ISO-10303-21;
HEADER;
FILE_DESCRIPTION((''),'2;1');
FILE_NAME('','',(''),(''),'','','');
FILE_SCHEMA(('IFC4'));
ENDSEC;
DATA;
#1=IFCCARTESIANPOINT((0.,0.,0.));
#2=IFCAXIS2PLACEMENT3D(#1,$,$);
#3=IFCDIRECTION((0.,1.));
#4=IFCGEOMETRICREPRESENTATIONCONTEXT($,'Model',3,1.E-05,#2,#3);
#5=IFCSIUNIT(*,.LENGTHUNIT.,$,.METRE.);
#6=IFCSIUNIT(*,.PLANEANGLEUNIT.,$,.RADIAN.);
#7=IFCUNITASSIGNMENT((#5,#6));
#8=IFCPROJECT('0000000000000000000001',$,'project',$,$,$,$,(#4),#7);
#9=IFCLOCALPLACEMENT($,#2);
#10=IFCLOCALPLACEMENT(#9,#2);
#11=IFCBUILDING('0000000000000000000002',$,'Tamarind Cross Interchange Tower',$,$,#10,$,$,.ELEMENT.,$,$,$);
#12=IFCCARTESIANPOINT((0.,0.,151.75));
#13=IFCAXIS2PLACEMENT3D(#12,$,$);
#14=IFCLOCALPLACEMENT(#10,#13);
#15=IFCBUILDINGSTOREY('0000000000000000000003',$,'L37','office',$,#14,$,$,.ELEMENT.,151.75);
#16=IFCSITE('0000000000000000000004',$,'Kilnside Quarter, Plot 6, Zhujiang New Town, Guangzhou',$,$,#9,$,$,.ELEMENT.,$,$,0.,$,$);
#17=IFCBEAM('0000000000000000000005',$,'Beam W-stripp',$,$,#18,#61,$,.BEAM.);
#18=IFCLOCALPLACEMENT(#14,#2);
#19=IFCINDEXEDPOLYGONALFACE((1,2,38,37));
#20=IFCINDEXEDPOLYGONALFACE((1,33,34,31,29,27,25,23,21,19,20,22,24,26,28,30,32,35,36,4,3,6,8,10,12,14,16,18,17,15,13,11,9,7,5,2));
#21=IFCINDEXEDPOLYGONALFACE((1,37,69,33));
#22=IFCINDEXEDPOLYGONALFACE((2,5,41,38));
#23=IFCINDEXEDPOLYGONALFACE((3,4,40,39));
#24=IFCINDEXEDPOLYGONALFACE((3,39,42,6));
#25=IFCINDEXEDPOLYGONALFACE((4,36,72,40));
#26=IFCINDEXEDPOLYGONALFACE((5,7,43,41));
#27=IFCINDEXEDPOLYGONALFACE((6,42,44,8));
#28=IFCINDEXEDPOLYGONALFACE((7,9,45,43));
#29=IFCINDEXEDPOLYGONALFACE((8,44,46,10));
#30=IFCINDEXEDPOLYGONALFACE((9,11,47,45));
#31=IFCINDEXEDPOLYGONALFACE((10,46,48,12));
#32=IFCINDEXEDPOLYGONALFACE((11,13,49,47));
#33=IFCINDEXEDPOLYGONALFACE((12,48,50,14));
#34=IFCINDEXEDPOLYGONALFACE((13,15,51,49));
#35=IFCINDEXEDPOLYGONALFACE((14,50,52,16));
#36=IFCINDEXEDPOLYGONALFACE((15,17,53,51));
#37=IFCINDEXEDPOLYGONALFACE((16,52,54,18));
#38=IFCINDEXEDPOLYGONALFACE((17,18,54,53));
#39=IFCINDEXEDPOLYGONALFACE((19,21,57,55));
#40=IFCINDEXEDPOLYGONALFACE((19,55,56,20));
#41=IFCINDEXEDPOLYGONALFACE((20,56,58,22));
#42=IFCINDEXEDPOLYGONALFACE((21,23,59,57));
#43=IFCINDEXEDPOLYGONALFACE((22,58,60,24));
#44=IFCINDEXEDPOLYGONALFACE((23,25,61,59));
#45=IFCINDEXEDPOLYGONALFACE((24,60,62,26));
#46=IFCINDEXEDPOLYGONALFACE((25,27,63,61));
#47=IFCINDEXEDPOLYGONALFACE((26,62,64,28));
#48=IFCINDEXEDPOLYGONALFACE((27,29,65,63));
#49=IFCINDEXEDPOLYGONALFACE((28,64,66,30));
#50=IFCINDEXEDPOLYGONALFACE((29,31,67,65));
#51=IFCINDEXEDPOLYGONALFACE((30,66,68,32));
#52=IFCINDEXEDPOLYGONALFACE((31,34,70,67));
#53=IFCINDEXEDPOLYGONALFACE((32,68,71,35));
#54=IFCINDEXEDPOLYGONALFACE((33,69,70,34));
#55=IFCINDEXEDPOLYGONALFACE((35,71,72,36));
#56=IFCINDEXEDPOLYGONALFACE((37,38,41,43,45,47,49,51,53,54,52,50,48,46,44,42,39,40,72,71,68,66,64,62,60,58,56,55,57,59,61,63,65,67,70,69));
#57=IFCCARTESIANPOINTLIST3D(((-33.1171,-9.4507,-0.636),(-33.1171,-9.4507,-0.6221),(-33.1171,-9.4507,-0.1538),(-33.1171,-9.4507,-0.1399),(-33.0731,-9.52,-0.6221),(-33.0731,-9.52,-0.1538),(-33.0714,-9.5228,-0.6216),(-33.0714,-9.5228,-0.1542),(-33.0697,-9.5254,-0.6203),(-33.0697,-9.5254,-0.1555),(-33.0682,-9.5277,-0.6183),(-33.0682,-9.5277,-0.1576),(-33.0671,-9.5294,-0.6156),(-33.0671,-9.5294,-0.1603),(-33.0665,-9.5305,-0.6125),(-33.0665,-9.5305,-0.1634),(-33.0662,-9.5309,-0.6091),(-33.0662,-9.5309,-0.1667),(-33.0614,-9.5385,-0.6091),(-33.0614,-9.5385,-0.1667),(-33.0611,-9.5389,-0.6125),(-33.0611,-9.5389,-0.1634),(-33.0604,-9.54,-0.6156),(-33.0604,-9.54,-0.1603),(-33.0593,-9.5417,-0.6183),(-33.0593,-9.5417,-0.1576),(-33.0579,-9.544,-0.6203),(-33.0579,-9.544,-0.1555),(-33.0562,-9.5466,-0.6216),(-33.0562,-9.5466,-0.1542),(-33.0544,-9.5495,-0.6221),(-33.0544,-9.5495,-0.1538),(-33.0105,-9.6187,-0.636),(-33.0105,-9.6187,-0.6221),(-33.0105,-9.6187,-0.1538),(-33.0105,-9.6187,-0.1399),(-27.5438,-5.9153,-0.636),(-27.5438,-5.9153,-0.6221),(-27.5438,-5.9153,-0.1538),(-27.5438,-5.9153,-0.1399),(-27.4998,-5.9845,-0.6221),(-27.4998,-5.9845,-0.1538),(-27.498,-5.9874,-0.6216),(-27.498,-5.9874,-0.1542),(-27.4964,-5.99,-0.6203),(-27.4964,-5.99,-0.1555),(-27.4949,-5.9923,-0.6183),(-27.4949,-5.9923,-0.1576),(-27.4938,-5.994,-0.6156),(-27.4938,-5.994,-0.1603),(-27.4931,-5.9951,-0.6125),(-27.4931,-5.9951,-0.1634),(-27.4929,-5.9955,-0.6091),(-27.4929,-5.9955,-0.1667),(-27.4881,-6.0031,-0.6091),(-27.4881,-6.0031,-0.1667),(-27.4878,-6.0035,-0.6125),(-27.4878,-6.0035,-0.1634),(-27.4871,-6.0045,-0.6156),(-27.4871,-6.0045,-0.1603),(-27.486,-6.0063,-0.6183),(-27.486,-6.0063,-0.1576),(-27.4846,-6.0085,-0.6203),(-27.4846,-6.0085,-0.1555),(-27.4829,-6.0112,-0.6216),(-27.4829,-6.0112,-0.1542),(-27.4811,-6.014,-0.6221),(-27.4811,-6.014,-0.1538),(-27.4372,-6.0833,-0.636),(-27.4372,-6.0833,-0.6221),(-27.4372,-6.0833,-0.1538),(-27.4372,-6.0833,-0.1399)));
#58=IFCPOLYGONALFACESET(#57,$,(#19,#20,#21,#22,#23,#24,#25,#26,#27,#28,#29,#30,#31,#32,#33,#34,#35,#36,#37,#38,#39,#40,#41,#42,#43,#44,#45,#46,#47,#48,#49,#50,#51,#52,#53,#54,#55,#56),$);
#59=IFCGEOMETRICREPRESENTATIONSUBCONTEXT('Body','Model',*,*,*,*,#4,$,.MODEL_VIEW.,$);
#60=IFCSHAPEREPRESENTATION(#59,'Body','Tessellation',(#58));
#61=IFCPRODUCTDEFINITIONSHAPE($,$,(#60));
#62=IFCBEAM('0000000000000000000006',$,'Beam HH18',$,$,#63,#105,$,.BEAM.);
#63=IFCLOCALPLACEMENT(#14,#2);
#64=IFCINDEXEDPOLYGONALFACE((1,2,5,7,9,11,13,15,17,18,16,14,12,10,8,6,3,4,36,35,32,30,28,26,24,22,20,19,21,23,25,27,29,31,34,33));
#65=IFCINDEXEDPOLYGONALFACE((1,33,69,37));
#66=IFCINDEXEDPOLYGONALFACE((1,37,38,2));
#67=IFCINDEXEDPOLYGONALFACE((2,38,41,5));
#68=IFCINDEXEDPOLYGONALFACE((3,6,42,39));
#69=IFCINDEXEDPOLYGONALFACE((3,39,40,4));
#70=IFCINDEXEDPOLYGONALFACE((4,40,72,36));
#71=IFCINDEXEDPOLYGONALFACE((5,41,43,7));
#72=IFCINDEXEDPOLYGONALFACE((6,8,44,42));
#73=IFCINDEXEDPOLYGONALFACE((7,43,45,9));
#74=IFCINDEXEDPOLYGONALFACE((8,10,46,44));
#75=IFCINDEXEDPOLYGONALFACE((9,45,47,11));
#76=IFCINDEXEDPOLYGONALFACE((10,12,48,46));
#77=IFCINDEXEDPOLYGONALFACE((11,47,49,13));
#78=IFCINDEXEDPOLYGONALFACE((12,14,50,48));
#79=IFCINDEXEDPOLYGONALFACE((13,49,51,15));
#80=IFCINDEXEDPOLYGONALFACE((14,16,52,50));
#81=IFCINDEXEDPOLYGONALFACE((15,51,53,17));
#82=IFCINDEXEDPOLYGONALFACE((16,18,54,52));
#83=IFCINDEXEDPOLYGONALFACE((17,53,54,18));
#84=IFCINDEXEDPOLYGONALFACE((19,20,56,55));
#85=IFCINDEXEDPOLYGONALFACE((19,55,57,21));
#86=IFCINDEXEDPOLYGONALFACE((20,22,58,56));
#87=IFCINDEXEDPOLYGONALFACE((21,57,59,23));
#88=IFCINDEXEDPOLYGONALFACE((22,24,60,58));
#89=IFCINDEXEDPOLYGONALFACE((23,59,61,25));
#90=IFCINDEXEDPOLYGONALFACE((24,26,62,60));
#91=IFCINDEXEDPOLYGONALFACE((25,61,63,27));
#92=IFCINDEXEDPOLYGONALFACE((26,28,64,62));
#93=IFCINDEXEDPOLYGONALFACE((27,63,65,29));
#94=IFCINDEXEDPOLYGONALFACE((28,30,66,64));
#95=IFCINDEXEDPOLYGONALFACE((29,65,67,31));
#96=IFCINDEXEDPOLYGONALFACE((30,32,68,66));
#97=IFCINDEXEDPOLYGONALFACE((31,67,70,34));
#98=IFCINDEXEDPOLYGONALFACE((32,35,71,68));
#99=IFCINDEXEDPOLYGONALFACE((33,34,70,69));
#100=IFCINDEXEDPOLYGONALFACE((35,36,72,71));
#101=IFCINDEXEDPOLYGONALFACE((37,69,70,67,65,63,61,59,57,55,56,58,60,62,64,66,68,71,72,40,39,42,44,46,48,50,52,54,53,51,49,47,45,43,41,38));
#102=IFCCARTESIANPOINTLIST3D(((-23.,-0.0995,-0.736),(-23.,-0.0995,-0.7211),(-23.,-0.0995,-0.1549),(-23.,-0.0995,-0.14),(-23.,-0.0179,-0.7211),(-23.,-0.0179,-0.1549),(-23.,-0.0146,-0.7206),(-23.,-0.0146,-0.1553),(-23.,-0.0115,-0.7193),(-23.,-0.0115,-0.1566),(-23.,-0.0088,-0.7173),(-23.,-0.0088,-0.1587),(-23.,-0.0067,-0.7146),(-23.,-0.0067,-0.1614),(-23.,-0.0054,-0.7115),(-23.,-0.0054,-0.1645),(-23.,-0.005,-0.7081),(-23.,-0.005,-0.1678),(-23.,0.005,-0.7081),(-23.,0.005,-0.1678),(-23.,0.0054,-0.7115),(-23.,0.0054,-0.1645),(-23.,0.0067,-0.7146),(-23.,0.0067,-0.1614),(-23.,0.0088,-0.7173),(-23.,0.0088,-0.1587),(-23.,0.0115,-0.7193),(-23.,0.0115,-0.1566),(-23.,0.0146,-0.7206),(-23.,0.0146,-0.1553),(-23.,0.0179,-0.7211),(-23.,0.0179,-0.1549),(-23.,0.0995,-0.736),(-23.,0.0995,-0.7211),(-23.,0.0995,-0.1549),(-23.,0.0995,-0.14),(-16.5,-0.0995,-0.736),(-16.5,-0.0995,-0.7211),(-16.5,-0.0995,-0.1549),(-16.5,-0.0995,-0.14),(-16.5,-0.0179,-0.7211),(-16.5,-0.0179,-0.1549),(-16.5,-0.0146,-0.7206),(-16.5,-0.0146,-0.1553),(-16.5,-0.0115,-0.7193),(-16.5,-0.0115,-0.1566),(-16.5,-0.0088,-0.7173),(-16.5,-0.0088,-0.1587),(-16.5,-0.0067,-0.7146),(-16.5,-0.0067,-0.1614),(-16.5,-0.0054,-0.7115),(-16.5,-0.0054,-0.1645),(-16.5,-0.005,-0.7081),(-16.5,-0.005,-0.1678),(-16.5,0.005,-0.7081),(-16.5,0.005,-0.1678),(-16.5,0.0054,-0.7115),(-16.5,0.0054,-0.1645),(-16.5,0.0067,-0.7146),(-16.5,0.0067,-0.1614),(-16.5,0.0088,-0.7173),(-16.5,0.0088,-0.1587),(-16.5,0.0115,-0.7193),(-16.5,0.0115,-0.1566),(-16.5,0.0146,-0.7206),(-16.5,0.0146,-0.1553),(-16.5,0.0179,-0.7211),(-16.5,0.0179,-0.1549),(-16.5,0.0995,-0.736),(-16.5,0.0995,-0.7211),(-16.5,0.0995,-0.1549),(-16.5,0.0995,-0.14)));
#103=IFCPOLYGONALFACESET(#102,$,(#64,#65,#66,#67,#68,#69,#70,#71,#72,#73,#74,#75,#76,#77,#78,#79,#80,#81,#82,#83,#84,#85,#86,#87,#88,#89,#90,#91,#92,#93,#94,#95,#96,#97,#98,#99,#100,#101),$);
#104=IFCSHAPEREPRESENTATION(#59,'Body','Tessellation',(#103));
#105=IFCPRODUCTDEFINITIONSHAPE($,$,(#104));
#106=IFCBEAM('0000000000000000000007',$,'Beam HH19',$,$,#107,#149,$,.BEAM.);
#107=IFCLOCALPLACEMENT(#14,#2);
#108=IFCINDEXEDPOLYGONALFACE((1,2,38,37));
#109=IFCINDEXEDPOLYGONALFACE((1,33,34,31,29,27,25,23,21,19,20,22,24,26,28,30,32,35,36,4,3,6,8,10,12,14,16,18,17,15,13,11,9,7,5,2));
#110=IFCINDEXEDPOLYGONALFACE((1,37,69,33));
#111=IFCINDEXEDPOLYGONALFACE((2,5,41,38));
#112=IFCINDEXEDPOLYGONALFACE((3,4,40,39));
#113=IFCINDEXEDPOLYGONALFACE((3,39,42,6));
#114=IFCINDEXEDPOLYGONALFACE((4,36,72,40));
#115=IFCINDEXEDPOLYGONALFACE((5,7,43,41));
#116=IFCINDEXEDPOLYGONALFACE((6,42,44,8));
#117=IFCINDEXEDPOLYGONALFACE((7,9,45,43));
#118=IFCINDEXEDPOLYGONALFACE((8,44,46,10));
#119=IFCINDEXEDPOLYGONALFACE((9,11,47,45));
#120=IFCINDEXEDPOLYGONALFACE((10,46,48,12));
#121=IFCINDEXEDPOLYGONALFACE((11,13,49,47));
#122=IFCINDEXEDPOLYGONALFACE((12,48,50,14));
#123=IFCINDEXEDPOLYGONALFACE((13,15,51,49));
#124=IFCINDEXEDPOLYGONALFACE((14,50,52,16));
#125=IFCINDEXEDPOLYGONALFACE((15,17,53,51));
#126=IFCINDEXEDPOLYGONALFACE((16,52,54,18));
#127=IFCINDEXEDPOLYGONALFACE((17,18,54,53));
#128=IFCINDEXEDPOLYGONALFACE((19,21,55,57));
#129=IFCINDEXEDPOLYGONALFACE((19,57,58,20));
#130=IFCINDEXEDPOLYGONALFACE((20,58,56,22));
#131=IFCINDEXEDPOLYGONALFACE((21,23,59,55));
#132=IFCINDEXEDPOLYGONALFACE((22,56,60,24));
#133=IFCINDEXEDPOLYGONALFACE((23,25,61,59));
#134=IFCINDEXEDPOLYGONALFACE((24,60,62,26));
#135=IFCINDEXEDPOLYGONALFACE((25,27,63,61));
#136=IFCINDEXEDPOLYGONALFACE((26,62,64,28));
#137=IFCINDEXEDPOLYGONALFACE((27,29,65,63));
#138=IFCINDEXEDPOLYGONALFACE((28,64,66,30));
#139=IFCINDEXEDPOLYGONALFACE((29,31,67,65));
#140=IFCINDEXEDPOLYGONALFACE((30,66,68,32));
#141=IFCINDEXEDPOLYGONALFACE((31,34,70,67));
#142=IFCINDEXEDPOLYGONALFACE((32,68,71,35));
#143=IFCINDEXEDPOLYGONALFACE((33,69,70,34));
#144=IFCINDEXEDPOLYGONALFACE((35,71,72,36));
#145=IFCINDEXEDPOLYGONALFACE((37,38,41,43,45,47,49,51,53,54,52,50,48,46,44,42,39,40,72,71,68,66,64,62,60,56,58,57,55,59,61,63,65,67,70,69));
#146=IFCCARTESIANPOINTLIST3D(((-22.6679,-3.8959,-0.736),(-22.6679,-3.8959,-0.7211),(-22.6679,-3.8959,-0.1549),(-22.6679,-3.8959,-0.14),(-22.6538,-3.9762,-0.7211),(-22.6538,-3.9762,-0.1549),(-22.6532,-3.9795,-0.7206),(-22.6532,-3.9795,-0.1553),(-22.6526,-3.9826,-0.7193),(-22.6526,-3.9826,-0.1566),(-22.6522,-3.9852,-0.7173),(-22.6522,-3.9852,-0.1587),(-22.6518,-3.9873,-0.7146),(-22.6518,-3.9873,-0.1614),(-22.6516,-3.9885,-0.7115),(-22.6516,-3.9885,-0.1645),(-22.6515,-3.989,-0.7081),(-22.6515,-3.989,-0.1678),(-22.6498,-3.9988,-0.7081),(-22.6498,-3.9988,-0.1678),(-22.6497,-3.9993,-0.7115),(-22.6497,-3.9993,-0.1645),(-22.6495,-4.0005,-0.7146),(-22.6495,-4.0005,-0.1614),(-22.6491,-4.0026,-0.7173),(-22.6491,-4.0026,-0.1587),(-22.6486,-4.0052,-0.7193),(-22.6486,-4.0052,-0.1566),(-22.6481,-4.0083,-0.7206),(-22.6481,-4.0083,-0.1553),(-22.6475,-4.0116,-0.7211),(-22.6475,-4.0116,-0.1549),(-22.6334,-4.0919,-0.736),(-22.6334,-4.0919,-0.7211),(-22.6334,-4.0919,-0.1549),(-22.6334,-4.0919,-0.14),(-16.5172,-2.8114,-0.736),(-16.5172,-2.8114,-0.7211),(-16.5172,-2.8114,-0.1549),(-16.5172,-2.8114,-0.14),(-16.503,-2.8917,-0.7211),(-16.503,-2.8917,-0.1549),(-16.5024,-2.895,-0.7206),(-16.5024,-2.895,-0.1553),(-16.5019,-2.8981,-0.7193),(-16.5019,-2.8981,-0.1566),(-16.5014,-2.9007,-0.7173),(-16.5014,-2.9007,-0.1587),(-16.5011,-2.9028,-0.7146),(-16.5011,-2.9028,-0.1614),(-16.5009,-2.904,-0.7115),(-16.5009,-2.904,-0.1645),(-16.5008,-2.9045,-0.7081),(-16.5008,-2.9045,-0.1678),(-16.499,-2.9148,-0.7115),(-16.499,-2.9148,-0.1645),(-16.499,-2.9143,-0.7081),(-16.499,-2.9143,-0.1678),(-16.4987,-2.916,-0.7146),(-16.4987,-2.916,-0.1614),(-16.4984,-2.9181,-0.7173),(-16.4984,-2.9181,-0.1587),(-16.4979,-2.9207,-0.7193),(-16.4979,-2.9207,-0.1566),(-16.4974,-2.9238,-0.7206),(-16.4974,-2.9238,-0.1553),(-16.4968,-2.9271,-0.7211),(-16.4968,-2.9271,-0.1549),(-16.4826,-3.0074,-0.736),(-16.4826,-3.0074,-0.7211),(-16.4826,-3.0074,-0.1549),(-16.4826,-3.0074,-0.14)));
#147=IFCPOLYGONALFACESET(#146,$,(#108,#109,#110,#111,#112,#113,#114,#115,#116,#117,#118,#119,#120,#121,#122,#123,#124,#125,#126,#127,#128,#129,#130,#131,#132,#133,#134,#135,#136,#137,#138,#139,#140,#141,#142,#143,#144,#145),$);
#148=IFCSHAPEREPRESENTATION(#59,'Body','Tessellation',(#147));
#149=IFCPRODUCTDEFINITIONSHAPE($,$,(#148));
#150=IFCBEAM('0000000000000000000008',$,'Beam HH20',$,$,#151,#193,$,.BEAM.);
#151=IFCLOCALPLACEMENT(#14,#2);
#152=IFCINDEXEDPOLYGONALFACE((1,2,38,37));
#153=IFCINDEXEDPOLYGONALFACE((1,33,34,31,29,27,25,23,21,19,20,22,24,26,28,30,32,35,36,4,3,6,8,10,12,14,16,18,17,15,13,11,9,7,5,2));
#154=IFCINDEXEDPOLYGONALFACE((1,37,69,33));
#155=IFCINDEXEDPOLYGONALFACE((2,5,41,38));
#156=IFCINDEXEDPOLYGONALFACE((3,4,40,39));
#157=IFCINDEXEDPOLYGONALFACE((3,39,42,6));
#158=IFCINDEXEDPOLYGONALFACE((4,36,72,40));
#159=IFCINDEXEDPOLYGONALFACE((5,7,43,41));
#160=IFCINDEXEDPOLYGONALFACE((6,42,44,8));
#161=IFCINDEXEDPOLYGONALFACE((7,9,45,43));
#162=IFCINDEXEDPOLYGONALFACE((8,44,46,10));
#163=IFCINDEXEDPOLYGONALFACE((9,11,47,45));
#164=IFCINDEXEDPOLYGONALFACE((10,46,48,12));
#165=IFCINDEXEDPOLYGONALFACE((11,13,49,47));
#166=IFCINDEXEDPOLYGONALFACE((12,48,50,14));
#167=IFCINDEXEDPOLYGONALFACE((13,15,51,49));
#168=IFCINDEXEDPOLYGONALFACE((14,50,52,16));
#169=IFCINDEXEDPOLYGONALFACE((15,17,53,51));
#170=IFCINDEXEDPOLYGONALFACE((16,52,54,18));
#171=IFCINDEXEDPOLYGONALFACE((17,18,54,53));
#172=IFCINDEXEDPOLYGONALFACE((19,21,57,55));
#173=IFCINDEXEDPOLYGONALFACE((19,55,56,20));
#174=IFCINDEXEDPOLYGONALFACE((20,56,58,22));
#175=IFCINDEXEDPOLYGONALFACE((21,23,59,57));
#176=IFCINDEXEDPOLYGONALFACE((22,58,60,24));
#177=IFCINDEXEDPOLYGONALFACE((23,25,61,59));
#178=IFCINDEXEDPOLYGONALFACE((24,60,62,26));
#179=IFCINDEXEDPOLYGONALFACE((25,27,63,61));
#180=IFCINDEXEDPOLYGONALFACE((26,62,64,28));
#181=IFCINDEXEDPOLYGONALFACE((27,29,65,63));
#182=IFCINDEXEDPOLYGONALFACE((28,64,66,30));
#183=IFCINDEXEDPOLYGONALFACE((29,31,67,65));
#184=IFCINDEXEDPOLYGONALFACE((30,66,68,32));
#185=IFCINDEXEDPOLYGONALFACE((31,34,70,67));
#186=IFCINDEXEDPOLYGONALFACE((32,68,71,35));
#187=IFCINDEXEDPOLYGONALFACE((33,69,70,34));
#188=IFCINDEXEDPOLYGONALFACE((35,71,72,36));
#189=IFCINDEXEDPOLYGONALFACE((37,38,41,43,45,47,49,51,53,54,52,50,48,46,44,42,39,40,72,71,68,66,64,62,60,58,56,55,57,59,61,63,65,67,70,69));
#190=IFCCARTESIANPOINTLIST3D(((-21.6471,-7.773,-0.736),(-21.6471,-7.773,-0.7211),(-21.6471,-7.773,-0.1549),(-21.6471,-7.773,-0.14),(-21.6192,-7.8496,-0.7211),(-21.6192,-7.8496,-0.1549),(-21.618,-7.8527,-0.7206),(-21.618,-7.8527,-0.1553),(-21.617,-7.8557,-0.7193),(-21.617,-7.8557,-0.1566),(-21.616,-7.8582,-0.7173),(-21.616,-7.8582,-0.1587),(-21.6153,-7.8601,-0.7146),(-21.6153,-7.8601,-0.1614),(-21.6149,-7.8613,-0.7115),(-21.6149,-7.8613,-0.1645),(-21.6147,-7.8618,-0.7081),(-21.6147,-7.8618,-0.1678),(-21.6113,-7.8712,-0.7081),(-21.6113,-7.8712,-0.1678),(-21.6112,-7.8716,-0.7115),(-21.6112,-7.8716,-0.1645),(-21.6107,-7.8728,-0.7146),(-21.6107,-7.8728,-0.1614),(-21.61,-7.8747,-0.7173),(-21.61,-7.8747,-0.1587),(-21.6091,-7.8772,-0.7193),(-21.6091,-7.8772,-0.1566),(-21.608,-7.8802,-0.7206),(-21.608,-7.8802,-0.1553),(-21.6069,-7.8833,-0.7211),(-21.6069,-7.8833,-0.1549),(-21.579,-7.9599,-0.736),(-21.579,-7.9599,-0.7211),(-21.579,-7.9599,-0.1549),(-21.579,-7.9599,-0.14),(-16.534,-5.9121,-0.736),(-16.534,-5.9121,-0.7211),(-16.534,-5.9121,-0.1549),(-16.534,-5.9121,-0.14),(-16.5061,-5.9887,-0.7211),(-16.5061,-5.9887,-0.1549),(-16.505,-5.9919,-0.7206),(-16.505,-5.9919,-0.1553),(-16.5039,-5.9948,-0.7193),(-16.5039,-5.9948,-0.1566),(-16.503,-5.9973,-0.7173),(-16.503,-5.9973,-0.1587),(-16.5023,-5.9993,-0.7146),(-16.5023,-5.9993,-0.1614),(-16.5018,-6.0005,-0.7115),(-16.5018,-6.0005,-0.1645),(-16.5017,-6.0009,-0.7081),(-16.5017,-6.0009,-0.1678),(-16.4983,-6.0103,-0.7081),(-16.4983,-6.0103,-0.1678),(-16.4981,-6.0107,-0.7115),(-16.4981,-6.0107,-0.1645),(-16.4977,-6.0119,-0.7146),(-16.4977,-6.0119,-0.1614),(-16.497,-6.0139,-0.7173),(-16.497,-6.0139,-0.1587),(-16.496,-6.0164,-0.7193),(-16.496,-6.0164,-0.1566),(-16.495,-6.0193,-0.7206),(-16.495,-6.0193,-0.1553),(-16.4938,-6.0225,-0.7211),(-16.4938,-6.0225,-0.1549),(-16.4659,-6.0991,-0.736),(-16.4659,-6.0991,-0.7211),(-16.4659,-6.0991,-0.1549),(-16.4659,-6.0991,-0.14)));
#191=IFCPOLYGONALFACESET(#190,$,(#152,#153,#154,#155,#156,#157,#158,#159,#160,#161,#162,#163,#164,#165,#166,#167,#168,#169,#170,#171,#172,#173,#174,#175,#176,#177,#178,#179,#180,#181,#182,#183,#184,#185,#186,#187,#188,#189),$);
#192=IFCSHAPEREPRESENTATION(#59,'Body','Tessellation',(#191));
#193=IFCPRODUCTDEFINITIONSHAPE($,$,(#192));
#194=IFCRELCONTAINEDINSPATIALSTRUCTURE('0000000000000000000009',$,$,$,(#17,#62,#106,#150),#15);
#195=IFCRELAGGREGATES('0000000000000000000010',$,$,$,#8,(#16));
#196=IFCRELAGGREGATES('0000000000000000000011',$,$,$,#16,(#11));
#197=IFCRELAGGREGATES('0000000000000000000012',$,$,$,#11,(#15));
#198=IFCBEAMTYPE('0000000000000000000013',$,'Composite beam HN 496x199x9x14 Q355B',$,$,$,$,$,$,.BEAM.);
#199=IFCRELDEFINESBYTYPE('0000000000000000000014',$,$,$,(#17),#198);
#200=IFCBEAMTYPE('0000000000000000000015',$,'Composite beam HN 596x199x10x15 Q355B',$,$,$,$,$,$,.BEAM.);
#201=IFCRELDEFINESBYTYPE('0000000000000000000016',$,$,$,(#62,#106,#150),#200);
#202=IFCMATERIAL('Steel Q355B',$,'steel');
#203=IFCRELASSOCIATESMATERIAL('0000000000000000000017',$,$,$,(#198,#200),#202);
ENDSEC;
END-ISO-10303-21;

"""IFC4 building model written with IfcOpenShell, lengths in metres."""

from ifc_helpers import new_model, si_unit, direction, frame, origin, origin_2d, place, context, subcontext, project, spatial, i_section, extrude, material, material_profile, profile_set, type_object, element, save


model = new_model("IFC4")

# Units and contexts
model_context = context("Model", 3, precision=1e-05, world=origin(), true_north=direction((0.0, 1.0)))
body_context = subcontext(model_context, "Body", "Model", "MODEL_VIEW")
ifc_project = project(units=[si_unit("LENGTHUNIT", "METRE"), si_unit("PLANEANGLEUNIT", "RADIAN")], contexts=[model_context])

# Site, building, storey
site_placement = place(None, origin())
site = spatial("IfcSite", under=ifc_project, at=site_placement, Name="Kilnside Quarter, Plot 6, Zhujiang New Town, Guangzhou", CompositionType="ELEMENT", RefElevation=0.0)
building_placement = place(site_placement, origin())
building = spatial("IfcBuilding", under=site, at=building_placement, Name="Tamarind Cross Interchange Tower", CompositionType="ELEMENT")
storey_placement = place(building_placement, frame((0.0, 0.0, 151.75)))
storey = spatial("IfcBuildingStorey", under=building, at=storey_placement, Name="L37", Description="office", CompositionType="ELEMENT", Elevation=151.75)

# Beams
ifc_material_1 = material(Name="Steel Q355B", Category="steel")
ifc_material_profile_1 = material_profile(ifc_material_1, i_section(OverallWidth=0.199, OverallDepth=0.4961, WebThickness=0.009, FlangeThickness=0.0139, FilletRadius=0.0129, at=origin_2d()), Name="HN 496x199x9x14")
ifc_profile_set_1 = profile_set([ifc_material_profile_1], Name="Steel Q355B")
beam_type_1 = type_object("IfcBeamType", Name="Composite beam HN 496x199x9x14 Q355B", PredefinedType="BEAM", material=ifc_profile_set_1)
for number, where, z_axis, x_axis, name in (
    (1, (-27.4905, -5.9993, -0.3879), (-0.84443, -0.535666, 0.0), (0.535666, -0.84443, 0.0), "Beam W-stripp"),
):
    element("IfcBeam", number, at=place(storey_placement, frame(where, z_axis=z_axis, x_axis=x_axis)), inside=storey, type_object=beam_type_1, Name=name, PredefinedType="BEAM", context=body_context, shape_type="SweptSolid", body=[
        extrude(i_section(OverallWidth=0.199, OverallDepth=0.4961, WebThickness=0.009, FlangeThickness=0.0139, FilletRadius=0.0129, at=origin_2d()), origin(), (0.0, 0.0, 1.0), 6.6001),
    ])
ifc_material_profile_2 = material_profile(ifc_material_1, i_section(OverallWidth=0.199, OverallDepth=0.5959, WebThickness=0.01, FlangeThickness=0.0149, FilletRadius=0.0129, at=origin_2d()), Name="HN 596x199x10x15")
ifc_profile_set_2 = profile_set([ifc_material_profile_2], Name="Steel Q355B")
beam_type_2 = type_object("IfcBeamType", Name="Composite beam HN 596x199x10x15 Q355B", PredefinedType="BEAM", material=ifc_profile_set_2)
beam_1_placement = place(storey_placement, frame((-23.0, 0.0, -0.438), z_axis=(1.0, 0.0, 0.0), x_axis=(0.0, 1.0, 0.0)))
element("IfcBeam", 2, at=beam_1_placement, inside=storey, type_object=beam_type_2, Name="Beam HH18", PredefinedType="BEAM", context=body_context, shape_type="SweptSolid", body=[
    extrude(i_section(OverallWidth=0.199, OverallDepth=0.5959, WebThickness=0.01, FlangeThickness=0.0149, FilletRadius=0.0129, at=origin_2d()), origin(), (0.0, 0.0, 1.0), 6.5),
])
beam_2_placement = place(storey_placement, frame((-22.6506, -3.9939, -0.438), z_axis=(0.984809, 0.17364, 0.0), x_axis=(-0.17364, 0.984809, 0.0)))
element("IfcBeam", 3, at=beam_2_placement, inside=storey, type_object=beam_type_2, Name="Beam HH19", PredefinedType="BEAM", context=body_context, shape_type="SweptSolid", body=[
    extrude(i_section(OverallWidth=0.199, OverallDepth=0.5959, WebThickness=0.01, FlangeThickness=0.0149, FilletRadius=0.0129, at=origin_2d()), origin(), (0.0, 0.0, 1.0), 6.2456),
])
beam_3_placement = place(storey_placement, frame((-21.613, -7.8665, -0.438), z_axis=(0.939702, 0.341995, 0.0), x_axis=(-0.341995, 0.939702, 0.0)))
element("IfcBeam", 4, at=beam_3_placement, inside=storey, type_object=beam_type_2, Name="Beam HH20", PredefinedType="BEAM", context=body_context, shape_type="SweptSolid", body=[
    extrude(i_section(OverallWidth=0.199, OverallDepth=0.5959, WebThickness=0.01, FlangeThickness=0.0149, FilletRadius=0.0129, at=origin_2d()), origin(), (0.0, 0.0, 1.0), 5.4412),
])

save(model, "model.ifc")
